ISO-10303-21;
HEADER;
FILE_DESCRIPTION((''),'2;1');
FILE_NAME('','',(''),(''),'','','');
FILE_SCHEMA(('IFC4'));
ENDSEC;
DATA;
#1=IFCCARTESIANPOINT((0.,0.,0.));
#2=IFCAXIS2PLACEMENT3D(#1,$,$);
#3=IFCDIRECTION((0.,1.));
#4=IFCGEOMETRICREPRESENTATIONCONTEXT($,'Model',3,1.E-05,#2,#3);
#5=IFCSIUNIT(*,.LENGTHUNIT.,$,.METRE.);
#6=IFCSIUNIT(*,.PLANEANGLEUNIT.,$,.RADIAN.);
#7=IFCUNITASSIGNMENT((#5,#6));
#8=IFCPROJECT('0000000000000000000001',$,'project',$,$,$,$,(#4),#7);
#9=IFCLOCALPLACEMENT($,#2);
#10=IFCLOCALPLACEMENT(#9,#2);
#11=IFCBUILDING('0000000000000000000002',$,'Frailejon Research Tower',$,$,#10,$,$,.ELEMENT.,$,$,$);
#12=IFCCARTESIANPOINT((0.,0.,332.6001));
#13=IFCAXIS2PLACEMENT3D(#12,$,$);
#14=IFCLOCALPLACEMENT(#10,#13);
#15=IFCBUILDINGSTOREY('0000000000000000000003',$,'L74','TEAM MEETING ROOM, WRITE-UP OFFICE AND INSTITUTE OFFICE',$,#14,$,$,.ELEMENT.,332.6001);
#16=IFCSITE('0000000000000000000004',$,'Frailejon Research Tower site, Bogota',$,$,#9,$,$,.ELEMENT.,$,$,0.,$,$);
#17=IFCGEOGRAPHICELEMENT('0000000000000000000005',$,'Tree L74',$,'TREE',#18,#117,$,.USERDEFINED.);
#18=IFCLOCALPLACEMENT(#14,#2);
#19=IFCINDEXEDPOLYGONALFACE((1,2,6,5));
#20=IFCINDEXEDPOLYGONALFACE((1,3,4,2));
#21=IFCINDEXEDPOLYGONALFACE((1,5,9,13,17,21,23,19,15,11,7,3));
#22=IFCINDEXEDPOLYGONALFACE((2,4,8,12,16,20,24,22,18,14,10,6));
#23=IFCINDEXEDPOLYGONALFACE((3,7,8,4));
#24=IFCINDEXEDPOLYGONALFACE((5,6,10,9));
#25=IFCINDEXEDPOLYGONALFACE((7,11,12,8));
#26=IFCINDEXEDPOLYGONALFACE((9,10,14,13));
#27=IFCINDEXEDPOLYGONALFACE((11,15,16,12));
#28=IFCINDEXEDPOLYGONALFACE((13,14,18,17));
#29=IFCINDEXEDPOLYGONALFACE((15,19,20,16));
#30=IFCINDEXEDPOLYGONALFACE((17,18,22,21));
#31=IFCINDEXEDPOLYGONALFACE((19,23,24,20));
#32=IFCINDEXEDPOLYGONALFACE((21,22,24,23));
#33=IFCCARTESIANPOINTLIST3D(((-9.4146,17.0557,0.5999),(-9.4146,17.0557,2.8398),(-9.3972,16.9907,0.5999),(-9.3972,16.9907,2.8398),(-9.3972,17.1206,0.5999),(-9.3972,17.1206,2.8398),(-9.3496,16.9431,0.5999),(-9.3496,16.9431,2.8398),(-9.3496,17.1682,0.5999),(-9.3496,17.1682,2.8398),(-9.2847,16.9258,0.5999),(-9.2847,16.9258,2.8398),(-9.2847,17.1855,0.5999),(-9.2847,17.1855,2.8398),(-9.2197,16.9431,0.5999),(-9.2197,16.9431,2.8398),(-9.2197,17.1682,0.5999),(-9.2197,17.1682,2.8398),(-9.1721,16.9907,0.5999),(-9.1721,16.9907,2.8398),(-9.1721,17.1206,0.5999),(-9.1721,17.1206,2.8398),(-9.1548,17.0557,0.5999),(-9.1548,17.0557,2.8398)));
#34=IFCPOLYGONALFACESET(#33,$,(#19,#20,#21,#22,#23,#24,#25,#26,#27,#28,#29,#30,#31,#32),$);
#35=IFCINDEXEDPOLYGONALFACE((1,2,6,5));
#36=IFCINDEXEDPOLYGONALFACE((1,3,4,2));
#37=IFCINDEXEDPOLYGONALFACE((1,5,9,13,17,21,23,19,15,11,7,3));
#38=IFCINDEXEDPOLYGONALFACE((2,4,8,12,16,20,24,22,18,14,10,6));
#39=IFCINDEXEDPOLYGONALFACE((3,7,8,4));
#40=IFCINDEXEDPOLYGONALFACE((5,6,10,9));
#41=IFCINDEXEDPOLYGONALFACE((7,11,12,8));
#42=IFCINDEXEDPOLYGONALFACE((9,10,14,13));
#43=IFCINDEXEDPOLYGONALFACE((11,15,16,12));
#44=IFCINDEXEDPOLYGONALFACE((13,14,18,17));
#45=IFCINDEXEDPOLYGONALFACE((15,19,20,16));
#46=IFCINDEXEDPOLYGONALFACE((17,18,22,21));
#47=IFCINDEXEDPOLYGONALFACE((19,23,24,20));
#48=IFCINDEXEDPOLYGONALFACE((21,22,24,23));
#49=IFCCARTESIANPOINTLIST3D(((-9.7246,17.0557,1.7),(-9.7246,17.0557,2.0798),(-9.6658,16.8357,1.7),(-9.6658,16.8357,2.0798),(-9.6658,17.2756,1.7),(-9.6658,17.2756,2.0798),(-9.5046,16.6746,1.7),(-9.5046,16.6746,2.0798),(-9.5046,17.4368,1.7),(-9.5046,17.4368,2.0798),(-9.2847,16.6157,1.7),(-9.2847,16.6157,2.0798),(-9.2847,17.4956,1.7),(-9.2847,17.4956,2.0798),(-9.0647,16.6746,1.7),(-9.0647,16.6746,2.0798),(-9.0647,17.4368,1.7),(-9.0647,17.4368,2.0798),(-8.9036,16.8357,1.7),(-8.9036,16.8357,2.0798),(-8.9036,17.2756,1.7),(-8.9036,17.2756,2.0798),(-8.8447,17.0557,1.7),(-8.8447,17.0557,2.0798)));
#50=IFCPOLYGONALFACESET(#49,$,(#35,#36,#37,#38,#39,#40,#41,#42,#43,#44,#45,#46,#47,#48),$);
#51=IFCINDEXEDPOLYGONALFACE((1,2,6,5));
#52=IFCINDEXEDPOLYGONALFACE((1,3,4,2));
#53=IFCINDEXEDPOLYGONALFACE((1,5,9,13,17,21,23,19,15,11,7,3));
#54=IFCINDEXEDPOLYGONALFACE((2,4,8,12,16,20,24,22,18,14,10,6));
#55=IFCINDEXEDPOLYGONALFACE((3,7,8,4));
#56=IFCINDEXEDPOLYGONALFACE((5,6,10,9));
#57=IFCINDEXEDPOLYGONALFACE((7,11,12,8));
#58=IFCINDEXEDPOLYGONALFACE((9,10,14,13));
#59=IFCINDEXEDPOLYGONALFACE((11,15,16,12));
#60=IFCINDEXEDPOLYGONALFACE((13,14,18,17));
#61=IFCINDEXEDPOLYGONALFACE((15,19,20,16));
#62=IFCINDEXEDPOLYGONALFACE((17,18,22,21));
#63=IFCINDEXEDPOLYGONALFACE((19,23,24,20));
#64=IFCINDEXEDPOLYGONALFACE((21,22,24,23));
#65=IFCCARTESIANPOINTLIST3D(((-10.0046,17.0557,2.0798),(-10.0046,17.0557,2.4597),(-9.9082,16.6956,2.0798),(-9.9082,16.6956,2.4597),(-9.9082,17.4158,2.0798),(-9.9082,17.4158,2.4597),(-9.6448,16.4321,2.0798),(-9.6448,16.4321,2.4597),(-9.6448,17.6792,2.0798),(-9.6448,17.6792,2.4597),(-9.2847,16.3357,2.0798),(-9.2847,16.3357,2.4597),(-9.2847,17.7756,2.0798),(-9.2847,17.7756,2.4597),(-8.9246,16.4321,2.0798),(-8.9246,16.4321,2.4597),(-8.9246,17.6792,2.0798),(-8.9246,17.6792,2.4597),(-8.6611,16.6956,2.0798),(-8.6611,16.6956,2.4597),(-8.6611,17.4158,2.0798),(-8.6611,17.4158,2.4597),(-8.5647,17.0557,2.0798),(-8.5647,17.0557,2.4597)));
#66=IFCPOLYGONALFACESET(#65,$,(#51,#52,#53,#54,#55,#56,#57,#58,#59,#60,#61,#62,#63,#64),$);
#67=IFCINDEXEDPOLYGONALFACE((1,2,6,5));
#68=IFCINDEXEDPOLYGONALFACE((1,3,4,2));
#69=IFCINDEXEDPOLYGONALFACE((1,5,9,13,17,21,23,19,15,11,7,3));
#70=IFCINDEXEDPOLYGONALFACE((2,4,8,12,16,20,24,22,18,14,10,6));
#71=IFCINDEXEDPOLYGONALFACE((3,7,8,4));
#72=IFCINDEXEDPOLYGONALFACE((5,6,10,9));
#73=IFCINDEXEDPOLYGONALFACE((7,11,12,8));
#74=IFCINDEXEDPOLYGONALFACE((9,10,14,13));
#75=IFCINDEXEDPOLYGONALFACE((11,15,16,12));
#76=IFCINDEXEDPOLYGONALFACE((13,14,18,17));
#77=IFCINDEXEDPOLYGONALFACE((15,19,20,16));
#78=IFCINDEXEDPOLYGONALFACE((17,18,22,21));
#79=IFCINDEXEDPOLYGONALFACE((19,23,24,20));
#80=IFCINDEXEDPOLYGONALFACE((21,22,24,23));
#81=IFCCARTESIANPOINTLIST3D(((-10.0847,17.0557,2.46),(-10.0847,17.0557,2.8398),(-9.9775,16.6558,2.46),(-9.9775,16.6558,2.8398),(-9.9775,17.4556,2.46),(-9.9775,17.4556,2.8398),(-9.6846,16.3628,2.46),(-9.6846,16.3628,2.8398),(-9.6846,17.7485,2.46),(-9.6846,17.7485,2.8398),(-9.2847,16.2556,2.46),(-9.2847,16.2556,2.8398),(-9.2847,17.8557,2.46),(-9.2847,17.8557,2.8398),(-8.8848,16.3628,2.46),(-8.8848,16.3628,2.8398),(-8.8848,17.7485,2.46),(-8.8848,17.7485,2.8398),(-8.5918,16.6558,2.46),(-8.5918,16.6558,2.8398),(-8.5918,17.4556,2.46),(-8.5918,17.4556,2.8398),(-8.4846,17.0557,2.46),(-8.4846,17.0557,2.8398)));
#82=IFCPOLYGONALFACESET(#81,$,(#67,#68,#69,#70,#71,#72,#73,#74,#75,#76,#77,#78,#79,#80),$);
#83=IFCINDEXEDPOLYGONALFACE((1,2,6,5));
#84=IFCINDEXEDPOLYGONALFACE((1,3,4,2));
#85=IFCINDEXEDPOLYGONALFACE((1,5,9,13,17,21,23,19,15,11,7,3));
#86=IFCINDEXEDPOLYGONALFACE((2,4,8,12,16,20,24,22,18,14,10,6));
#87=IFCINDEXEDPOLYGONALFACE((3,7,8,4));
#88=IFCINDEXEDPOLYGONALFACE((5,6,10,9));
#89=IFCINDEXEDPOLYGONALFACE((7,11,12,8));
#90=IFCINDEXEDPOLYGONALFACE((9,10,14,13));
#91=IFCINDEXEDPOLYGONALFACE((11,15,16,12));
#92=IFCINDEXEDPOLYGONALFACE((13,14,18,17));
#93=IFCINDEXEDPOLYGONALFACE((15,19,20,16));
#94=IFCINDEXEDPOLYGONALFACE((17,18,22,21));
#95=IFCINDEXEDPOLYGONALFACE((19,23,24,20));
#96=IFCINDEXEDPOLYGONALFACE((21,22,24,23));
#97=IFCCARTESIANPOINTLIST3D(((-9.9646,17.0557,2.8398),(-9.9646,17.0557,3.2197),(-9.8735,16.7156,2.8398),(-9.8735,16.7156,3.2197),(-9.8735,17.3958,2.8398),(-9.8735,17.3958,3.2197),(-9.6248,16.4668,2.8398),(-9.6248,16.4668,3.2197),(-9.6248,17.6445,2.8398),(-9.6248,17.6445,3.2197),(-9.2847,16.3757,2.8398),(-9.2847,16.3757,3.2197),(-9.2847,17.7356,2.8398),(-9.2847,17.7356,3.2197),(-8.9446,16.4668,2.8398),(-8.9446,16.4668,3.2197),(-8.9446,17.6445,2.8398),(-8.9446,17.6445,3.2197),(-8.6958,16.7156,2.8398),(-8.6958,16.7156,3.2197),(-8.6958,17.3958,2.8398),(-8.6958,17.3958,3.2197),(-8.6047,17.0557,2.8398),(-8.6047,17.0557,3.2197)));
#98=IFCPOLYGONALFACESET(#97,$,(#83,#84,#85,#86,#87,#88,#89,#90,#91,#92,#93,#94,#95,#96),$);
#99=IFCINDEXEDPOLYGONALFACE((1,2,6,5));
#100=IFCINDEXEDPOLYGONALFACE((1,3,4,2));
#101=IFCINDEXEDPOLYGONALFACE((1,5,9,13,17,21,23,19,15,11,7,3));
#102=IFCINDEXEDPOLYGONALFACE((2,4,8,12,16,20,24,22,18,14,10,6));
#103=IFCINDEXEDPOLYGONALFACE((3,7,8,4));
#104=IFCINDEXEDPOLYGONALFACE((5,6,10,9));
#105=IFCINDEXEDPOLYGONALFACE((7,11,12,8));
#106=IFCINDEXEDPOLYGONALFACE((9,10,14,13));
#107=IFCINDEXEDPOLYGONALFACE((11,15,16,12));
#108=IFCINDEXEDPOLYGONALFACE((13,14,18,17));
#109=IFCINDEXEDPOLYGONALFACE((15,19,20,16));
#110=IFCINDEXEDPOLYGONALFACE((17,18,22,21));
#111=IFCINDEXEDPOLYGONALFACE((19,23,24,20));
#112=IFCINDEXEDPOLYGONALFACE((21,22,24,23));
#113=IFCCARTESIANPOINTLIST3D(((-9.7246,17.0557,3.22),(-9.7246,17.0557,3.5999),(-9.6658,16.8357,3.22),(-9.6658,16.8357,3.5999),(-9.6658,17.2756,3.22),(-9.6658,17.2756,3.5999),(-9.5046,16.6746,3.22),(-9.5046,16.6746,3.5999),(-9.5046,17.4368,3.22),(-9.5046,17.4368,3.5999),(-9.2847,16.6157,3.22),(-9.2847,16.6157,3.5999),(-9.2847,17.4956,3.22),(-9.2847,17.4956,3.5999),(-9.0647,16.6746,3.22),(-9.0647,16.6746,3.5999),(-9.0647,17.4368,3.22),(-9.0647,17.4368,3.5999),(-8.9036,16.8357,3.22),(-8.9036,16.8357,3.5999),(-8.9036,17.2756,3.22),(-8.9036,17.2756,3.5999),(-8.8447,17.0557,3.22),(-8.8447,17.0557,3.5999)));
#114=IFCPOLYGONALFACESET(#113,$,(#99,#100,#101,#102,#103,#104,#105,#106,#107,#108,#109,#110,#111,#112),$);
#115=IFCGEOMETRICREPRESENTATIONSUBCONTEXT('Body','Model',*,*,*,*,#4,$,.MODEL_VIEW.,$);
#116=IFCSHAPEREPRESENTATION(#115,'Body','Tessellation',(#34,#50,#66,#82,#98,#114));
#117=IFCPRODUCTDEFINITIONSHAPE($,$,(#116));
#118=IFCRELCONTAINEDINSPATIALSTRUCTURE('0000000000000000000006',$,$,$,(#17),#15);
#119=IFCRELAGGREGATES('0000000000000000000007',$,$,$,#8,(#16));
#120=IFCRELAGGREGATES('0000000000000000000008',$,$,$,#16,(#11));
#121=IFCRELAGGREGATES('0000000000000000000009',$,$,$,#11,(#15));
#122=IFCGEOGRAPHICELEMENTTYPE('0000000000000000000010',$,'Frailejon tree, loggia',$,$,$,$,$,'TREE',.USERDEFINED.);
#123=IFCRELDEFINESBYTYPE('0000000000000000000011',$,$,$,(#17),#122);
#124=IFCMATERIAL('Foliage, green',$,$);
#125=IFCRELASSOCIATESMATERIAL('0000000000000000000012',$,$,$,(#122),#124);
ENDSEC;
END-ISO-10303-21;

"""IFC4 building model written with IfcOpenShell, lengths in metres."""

from ifc_helpers import new_model, si_unit, direction, frame, origin, place, context, subcontext, project, spatial, polyline, outline, extrude, material, type_object, element, save


model = new_model("IFC4")

# Units and contexts
model_context = context("Model", 3, precision=1e-05, world=origin(), true_north=direction((0.0, 1.0)))
body_context = subcontext(model_context, "Body", "Model", "MODEL_VIEW")
ifc_project = project(units=[si_unit("LENGTHUNIT", "METRE"), si_unit("PLANEANGLEUNIT", "RADIAN")], contexts=[model_context])

# Site, building, storey
site_placement = place(None, origin())
site = spatial("IfcSite", under=ifc_project, at=site_placement, Name="Frailejon Research Tower site, Bogota", CompositionType="ELEMENT", RefElevation=0.0)
building_placement = place(site_placement, origin())
building = spatial("IfcBuilding", under=site, at=building_placement, Name="Frailejon Research Tower", CompositionType="ELEMENT")
storey_placement = place(building_placement, frame((0.0, 0.0, 332.6001)))
storey = spatial("IfcBuildingStorey", under=building, at=storey_placement, Name="L74", Description="TEAM MEETING ROOM, WRITE-UP OFFICE AND INSTITUTE OFFICE", CompositionType="ELEMENT", Elevation=332.6001)

# Geographic element
ifc_material_1 = material(Name="Foliage, green")
geographic_element_type = type_object("IfcGeographicElementType", Name="Frailejon tree, loggia", ElementType="TREE", PredefinedType="USERDEFINED", material=ifc_material_1)
geographic_element_placement = place(storey_placement, frame((-9.2847, 17.0557, 0.5999)))
element("IfcGeographicElement", 1, at=geographic_element_placement, inside=storey, type_object=geographic_element_type, Name="Tree L74", ObjectType="TREE", PredefinedType="USERDEFINED", context=body_context, shape_type="SweptSolid", body=[
    extrude(outline(polyline([(0.1299, 0.0), (0.1125, 0.0649), (0.0649, 0.1125), (0.0, 0.1299), (-0.0649, 0.1125), (-0.1125, 0.0649), (-0.1299, 0.0), (-0.1125, -0.0649), (-0.0649, -0.1125), (0.0, -0.1299), (0.0649, -0.1125), (0.1125, -0.0649), (0.1299, 0.0)])), origin(), (0.0, 0.0, 1.0), 2.24),
    extrude(outline(polyline([(0.4399, 0.0), (0.3811, 0.22), (0.22, 0.3811), (0.0, 0.4399), (-0.22, 0.3811), (-0.3811, 0.22), (-0.4399, 0.0), (-0.3811, -0.22), (-0.22, -0.3811), (0.0, -0.4399), (0.22, -0.3811), (0.3811, -0.22), (0.4399, 0.0)])), frame((0.0, 0.0, 1.1001)), (0.0, 0.0, 1.0), 0.3799),
    extrude(outline(polyline([(0.72, 0.0), (0.6235, 0.3601), (0.3601, 0.6235), (0.0, 0.72), (-0.3601, 0.6235), (-0.6235, 0.3601), (-0.72, 0.0), (-0.6235, -0.3601), (-0.3601, -0.6235), (0.0, -0.72), (0.3601, -0.6235), (0.6235, -0.3601), (0.72, 0.0)])), frame((0.0, 0.0, 1.48)), (0.0, 0.0, 1.0), 0.3799),
    extrude(outline(polyline([(0.8, 0.0), (0.6929, 0.3999), (0.3999, 0.6929), (0.0, 0.8), (-0.3999, 0.6929), (-0.6929, 0.3999), (-0.8, 0.0), (-0.6929, -0.3999), (-0.3999, -0.6929), (0.0, -0.8), (0.3999, -0.6929), (0.6929, -0.3999), (0.8, 0.0)])), frame((0.0, 0.0, 1.8601)), (0.0, 0.0, 1.0), 0.3799),
    extrude(outline(polyline([(0.6799, 0.0), (0.5889, 0.3401), (0.3401, 0.5889), (0.0, 0.6799), (-0.3401, 0.5889), (-0.5889, 0.3401), (-0.6799, 0.0), (-0.5889, -0.3401), (-0.3401, -0.5889), (0.0, -0.6799), (0.3401, -0.5889), (0.5889, -0.3401), (0.6799, 0.0)])), frame((0.0, 0.0, 2.24)), (0.0, 0.0, 1.0), 0.3799),
    extrude(outline(polyline([(0.4399, 0.0), (0.3811, 0.22), (0.22, 0.3811), (0.0, 0.4399), (-0.22, 0.3811), (-0.3811, 0.22), (-0.4399, 0.0), (-0.3811, -0.22), (-0.22, -0.3811), (0.0, -0.4399), (0.22, -0.3811), (0.3811, -0.22), (0.4399, 0.0)])), frame((0.0, 0.0, 2.6201)), (0.0, 0.0, 1.0), 0.3799),
])

save(model, "model.ifc")
